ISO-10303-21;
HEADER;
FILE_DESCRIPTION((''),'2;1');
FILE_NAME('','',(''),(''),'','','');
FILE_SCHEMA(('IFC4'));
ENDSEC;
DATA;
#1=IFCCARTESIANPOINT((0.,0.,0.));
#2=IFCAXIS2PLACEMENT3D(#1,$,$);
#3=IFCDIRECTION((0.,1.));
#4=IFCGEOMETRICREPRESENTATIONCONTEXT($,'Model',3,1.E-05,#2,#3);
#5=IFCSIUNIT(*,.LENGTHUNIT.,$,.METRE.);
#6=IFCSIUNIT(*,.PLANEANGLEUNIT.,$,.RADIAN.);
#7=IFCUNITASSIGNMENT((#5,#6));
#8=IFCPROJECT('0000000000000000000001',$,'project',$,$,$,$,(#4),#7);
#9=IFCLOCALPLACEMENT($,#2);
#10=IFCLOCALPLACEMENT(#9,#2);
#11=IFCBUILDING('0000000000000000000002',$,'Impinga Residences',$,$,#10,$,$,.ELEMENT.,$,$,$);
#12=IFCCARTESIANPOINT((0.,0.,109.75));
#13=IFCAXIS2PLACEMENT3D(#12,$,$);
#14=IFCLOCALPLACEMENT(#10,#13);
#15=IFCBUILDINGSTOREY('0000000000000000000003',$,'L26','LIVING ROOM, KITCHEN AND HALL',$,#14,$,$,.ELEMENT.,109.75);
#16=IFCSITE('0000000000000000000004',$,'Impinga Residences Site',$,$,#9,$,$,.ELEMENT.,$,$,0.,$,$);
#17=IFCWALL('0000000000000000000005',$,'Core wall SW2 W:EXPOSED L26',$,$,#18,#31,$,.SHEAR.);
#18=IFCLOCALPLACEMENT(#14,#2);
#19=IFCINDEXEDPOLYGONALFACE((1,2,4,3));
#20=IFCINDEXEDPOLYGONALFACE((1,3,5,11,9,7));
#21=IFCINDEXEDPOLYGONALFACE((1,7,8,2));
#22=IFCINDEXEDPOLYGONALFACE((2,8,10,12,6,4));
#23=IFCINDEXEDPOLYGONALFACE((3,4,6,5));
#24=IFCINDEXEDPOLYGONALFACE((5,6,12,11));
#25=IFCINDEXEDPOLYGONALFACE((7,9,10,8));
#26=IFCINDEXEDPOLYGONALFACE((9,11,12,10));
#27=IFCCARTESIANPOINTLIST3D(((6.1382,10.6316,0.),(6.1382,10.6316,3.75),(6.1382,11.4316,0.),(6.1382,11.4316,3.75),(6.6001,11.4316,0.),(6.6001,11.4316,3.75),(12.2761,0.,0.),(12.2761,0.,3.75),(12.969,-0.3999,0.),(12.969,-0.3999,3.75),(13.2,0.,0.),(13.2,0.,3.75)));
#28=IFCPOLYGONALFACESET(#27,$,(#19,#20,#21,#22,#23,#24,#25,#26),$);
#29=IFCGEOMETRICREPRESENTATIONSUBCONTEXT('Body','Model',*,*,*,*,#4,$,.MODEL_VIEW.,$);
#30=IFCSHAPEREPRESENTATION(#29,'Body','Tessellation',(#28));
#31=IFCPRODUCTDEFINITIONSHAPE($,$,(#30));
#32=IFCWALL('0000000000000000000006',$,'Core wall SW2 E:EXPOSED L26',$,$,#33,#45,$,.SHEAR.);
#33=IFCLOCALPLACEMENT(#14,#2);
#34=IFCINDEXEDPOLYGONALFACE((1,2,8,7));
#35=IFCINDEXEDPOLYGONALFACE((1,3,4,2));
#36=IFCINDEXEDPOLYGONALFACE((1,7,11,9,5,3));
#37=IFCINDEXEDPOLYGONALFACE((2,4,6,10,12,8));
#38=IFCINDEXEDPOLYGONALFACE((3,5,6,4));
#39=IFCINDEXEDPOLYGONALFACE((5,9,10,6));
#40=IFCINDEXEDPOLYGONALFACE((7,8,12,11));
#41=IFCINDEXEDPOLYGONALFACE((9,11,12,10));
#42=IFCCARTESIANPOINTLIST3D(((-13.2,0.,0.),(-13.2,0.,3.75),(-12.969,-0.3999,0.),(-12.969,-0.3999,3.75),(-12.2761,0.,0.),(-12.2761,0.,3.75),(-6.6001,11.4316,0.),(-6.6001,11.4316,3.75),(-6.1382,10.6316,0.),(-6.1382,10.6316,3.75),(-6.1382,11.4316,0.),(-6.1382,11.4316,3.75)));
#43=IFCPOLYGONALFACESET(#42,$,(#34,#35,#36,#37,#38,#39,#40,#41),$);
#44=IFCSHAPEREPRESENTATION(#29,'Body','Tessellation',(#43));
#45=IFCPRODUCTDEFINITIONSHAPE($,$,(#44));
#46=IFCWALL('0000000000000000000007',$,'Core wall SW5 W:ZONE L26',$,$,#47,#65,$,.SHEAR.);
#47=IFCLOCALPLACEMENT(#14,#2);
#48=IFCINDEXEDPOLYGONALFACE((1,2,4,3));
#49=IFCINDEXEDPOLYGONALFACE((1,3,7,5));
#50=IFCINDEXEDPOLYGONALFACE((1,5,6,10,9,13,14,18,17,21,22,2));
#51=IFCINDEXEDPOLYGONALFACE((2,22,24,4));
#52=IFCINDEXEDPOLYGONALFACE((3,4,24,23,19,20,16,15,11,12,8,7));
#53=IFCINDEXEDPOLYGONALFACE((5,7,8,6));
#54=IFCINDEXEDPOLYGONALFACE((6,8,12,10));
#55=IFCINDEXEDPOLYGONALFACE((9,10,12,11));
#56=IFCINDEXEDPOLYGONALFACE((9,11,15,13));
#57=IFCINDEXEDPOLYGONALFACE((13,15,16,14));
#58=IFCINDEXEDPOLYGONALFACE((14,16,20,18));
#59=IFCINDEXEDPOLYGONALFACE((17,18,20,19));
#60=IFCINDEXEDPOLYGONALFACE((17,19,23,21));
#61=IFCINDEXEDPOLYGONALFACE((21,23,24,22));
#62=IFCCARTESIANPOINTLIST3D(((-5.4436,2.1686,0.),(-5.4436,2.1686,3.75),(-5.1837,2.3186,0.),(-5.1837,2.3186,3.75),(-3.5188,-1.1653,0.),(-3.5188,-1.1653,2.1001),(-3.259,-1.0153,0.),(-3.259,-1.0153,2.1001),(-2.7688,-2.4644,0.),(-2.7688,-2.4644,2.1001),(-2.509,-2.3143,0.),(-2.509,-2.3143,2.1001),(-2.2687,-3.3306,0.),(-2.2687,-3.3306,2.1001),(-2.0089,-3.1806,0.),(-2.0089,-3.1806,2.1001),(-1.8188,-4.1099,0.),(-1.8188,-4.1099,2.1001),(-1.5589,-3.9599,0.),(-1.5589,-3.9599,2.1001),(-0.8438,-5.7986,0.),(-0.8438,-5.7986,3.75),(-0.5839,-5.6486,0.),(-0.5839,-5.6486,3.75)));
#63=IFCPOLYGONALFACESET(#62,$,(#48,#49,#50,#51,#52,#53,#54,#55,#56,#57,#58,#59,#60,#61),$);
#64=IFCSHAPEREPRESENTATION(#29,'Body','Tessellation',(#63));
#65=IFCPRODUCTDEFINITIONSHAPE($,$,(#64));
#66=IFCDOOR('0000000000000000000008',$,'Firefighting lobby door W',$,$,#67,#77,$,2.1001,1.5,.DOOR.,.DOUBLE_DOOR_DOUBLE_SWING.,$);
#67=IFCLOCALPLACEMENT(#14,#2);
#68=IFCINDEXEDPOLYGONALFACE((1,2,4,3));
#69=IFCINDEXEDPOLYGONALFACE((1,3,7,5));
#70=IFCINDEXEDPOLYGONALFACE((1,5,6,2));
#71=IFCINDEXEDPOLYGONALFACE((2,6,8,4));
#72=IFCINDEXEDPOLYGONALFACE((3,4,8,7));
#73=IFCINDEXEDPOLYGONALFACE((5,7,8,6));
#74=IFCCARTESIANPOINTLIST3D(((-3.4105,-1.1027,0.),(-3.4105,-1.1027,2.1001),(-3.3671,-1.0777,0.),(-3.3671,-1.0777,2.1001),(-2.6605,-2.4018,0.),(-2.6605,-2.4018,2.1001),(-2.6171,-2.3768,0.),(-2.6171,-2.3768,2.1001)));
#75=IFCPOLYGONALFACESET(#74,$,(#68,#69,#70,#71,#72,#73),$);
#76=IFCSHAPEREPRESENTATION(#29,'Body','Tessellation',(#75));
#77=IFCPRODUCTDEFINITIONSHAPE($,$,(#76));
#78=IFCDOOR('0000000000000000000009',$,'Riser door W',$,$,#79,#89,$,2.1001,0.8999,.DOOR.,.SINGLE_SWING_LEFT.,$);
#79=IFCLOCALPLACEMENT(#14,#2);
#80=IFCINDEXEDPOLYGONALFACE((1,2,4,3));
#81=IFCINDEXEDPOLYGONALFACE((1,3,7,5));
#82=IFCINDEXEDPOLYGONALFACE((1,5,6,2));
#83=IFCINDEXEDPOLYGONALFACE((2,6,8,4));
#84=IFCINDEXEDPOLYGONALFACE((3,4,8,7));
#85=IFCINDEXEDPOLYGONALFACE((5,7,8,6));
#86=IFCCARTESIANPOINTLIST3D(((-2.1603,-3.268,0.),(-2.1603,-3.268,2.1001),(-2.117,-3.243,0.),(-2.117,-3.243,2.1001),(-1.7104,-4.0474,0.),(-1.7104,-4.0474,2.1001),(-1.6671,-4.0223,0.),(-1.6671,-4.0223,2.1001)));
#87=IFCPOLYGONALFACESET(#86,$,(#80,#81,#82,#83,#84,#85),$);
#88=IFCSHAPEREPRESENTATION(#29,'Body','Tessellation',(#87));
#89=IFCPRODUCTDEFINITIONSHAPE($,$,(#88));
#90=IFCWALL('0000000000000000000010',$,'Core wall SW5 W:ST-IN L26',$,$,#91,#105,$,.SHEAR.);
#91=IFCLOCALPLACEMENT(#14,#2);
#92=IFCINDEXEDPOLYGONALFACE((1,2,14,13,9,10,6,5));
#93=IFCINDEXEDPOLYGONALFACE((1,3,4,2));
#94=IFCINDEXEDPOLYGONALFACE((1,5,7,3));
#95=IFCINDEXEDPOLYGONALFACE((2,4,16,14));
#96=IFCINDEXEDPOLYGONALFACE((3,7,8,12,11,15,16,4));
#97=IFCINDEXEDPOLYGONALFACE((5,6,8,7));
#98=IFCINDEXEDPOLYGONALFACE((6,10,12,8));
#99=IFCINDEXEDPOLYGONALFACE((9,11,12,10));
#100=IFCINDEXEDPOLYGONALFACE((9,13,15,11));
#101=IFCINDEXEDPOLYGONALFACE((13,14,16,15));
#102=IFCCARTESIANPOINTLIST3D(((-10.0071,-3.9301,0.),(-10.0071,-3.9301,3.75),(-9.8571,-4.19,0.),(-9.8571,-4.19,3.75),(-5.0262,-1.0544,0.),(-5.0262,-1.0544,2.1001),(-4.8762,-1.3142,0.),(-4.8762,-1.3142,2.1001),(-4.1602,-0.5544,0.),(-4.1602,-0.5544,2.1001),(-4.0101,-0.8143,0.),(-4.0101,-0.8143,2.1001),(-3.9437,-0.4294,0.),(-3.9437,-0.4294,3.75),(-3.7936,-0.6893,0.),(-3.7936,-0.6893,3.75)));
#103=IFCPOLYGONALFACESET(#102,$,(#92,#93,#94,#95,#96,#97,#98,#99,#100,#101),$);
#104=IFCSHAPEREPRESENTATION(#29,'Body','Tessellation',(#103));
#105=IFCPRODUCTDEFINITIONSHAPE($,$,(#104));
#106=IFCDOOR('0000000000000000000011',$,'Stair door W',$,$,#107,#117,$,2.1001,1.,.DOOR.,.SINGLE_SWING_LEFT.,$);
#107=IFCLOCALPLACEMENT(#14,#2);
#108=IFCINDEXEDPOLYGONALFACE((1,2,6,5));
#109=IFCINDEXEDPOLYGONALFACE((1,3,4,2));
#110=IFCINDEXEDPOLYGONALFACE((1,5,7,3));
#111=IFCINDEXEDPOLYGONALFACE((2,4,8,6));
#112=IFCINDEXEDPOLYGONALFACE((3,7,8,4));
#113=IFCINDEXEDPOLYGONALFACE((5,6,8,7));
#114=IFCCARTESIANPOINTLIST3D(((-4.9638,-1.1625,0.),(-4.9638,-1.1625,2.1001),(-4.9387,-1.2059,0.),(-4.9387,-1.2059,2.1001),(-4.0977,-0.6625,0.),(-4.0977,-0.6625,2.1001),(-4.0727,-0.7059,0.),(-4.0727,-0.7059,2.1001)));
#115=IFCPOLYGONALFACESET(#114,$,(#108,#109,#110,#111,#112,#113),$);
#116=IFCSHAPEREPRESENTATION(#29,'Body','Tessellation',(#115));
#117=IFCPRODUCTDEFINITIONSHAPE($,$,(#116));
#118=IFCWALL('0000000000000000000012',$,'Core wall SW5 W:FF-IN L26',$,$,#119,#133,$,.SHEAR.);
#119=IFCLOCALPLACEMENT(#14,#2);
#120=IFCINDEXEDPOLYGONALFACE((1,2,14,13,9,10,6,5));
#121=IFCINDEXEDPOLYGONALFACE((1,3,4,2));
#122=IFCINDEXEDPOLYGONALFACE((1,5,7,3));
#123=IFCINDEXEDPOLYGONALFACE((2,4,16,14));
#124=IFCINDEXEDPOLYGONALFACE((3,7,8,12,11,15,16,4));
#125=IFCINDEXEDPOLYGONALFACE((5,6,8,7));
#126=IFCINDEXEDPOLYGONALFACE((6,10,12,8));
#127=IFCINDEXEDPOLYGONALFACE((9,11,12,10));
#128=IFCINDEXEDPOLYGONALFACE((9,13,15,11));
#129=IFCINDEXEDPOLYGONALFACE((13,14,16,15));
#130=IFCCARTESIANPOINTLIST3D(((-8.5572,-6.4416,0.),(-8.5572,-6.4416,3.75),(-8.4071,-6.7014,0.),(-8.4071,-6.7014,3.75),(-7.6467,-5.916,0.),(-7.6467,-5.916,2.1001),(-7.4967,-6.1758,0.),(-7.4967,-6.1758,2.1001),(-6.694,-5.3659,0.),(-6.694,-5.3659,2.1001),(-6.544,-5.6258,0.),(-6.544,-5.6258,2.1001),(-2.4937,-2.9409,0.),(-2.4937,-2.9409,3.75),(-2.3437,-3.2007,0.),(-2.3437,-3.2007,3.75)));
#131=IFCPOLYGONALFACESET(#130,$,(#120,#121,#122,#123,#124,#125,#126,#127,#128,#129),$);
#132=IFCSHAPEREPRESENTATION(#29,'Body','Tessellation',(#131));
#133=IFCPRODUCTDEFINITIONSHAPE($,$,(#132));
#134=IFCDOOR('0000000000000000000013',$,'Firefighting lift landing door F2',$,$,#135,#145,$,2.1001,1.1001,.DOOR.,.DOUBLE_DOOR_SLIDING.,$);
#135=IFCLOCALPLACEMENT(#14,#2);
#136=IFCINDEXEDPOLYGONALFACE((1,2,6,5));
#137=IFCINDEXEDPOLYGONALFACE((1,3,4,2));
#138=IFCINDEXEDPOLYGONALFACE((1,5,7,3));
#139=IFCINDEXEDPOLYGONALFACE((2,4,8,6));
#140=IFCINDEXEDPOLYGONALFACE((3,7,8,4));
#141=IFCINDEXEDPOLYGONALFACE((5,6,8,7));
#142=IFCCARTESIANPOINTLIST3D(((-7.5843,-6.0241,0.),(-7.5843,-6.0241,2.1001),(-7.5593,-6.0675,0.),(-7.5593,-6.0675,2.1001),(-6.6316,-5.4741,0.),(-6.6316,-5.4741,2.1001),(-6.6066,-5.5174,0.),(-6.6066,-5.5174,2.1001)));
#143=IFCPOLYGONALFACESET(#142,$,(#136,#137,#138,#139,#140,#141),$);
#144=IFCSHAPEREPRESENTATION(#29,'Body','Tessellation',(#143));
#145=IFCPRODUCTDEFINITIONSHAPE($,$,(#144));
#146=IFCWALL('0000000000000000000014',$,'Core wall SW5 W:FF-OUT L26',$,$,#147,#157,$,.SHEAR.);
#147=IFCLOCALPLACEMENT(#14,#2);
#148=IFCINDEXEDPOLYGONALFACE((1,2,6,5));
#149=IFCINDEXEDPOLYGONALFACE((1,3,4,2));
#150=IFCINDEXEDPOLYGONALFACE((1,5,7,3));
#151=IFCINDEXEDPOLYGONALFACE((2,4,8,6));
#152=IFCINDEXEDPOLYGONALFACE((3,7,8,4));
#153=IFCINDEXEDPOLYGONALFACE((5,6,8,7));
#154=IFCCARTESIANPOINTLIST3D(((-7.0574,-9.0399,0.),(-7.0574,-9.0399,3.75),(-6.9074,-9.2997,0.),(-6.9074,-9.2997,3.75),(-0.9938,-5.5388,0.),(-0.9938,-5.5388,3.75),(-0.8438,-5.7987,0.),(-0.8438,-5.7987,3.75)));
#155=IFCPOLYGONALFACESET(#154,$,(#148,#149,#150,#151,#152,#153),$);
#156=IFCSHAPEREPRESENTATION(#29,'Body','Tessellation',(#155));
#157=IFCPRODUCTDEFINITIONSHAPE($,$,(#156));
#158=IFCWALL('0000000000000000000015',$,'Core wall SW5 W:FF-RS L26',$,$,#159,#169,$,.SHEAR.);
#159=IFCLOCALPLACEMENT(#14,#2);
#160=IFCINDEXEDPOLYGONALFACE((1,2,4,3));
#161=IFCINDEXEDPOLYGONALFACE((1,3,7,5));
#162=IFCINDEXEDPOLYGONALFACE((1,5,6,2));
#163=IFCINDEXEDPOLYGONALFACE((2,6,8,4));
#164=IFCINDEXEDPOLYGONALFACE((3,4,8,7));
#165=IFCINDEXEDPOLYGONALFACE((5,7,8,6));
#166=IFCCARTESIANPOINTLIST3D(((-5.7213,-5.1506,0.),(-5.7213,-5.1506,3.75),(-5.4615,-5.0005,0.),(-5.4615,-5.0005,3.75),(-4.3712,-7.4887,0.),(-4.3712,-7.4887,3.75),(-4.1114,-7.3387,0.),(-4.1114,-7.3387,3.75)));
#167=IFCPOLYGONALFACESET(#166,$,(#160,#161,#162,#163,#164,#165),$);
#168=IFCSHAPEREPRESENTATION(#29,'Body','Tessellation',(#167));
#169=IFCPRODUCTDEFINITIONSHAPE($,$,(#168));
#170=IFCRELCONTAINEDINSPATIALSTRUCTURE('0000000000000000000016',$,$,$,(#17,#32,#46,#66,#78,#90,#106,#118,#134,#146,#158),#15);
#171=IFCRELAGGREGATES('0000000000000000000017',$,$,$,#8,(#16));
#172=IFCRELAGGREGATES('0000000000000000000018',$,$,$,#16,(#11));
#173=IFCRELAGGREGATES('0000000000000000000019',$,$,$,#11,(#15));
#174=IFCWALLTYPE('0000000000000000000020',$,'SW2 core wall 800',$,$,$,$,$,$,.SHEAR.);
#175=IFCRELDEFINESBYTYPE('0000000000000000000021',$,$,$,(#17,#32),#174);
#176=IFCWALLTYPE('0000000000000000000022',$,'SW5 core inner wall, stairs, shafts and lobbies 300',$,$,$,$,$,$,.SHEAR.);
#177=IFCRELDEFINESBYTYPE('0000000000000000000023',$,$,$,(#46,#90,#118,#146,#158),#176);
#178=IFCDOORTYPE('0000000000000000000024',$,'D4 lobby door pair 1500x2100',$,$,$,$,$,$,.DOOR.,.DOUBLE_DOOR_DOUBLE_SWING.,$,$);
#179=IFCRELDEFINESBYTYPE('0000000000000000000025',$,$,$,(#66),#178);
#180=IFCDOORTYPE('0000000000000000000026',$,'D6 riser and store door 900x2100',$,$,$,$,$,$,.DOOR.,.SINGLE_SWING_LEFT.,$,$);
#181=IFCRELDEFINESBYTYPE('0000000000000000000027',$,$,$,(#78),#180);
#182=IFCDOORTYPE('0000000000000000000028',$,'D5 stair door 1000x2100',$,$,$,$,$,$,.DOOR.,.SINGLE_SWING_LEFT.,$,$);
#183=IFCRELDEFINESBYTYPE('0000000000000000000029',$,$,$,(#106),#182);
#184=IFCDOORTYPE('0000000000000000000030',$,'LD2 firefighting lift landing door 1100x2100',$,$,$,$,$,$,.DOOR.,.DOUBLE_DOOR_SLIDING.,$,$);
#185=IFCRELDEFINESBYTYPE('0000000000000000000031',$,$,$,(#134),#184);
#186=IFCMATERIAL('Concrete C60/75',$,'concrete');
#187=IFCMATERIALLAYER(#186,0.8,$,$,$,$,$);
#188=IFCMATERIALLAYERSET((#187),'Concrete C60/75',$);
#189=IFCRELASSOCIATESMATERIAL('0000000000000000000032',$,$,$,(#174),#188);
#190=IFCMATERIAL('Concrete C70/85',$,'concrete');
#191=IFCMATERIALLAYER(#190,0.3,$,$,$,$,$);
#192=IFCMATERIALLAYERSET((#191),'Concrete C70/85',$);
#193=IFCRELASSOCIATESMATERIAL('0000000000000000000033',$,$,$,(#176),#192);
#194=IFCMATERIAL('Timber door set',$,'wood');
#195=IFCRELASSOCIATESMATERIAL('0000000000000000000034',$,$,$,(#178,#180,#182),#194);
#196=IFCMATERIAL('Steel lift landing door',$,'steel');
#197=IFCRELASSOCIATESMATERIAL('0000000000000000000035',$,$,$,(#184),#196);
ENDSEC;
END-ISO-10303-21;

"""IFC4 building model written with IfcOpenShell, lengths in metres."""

from ifc_helpers import new_model, si_unit, direction, frame, frame_2d, origin, place, context, subcontext, project, spatial, polyline, rectangle, outline, extrude, material, layer, layer_set, type_object, element, fill, save


model = new_model("IFC4")

# Units and contexts
model_context = context("Model", 3, precision=1e-05, world=origin(), true_north=direction((0.0, 1.0)))
body_context = subcontext(model_context, "Body", "Model", "MODEL_VIEW")
ifc_project = project(units=[si_unit("LENGTHUNIT", "METRE"), si_unit("PLANEANGLEUNIT", "RADIAN")], contexts=[model_context])

# Site, building, storey
site_placement = place(None, origin())
site = spatial("IfcSite", under=ifc_project, at=site_placement, Name="Impinga Residences Site", CompositionType="ELEMENT", RefElevation=0.0)
building_placement = place(site_placement, origin())
building = spatial("IfcBuilding", under=site, at=building_placement, Name="Impinga Residences", CompositionType="ELEMENT")
storey_placement = place(building_placement, frame((0.0, 0.0, 109.75)))
storey = spatial("IfcBuildingStorey", under=building, at=storey_placement, Name="L26", Description="LIVING ROOM, KITCHEN AND HALL", CompositionType="ELEMENT", Elevation=109.75)

# Shared definitions
ifc_material_1 = material(Name="Concrete C60/75", Category="concrete")

# Walls
ifc_layer_1 = layer(ifc_material_1, 0.8)
ifc_layer_set_1 = layer_set([ifc_layer_1], Name="Concrete C60/75")
wall_type_1 = type_object("IfcWallType", Name="SW2 core wall 800", PredefinedType="SHEAR", material=ifc_layer_set_1)
wall_1_placement = place(storey_placement, origin())
element("IfcWall", 1, at=wall_1_placement, inside=storey, type_object=wall_type_1, Name="Core wall SW2 W:EXPOSED L26", PredefinedType="SHEAR", context=body_context, shape_type="SweptSolid", body=[
    extrude(outline(polyline([(13.2, 0.0), (6.6001, 11.4316), (6.1382, 11.4316), (6.1382, 10.6316), (12.2761, 0.0), (12.969, -0.3999), (13.2, 0.0)])), origin(), (0.0, 0.0, 1.0), 3.75),
])
wall_2_placement = place(storey_placement, origin())
element("IfcWall", 2, at=wall_2_placement, inside=storey, type_object=wall_type_1, Name="Core wall SW2 E:EXPOSED L26", PredefinedType="SHEAR", context=body_context, shape_type="SweptSolid", body=[
    extrude(outline(polyline([(-6.6001, 11.4316), (-13.2, 0.0), (-12.969, -0.3999), (-12.2761, 0.0), (-6.1382, 10.6316), (-6.1382, 11.4316), (-6.6001, 11.4316)])), origin(), (0.0, 0.0, 1.0), 3.75),
])

# Wall, openings, doors
ifc_material_2 = material(Name="Concrete C70/85", Category="concrete")
ifc_layer_2 = layer(ifc_material_2, 0.3)
ifc_layer_set_2 = layer_set([ifc_layer_2], Name="Concrete C70/85")
wall_type_2 = type_object("IfcWallType", Name="SW5 core inner wall, stairs, shafts and lobbies 300", PredefinedType="SHEAR", material=ifc_layer_set_2)
wall_3_placement = place(storey_placement, frame((-0.7139, -5.7236, 0.0), z_axis=(0.0, 0.0, 1.0), x_axis=(-0.499995, 0.866028, 0.0)))
wall_3 = element("IfcWall", 3, at=wall_3_placement, inside=storey, type_object=wall_type_2, Name="Core wall SW5 W:ZONE L26", PredefinedType="SHEAR", context=body_context, shape_type="SweptSolid", body=[
    extrude(rectangle(XDim=9.1997, YDim=0.3, at=frame_2d((4.5999, 0.0))), origin(), (0.0, 0.0, 1.0), 3.75),
])
opening_1_placement = place(wall_3_placement, frame((3.8501, 0.0, 0.0)))
opening_1 = element("IfcOpeningElement", 4, at=opening_1_placement, cuts=wall_3, PredefinedType="OPENING", context=body_context, shape_type="SweptSolid", body=[
    extrude(rectangle(XDim=1.5, YDim=2.1001, at=frame_2d((0.75, 1.05))), frame((0.0, 0.1599, 0.0), z_axis=(0.0, -1.0, 0.0), x_axis=(1.0, 0.0, 0.0)), (0.0, 0.0, 1.0), 0.3201),
])
opening_2_placement = place(wall_3_placement, frame((1.95, 0.0, 0.0)))
opening_2 = element("IfcOpeningElement", 5, at=opening_2_placement, cuts=wall_3, PredefinedType="OPENING", context=body_context, shape_type="SweptSolid", body=[
    extrude(rectangle(XDim=0.8999, YDim=2.1001, at=frame_2d((0.45, 1.05))), frame((0.0, 0.1599, 0.0), z_axis=(0.0, -1.0, 0.0), x_axis=(1.0, 0.0, 0.0)), (0.0, 0.0, 1.0), 0.3201),
])
ifc_material_3 = material(Name="Timber door set", Category="wood")
door_type_1 = type_object("IfcDoorType", Name="D4 lobby door pair 1500x2100", OperationType="DOUBLE_DOOR_DOUBLE_SWING", PredefinedType="DOOR", material=ifc_material_3)
door_1_placement = place(opening_1_placement, origin())
door_1 = element("IfcDoor", 6, at=door_1_placement, inside=storey, type_object=door_type_1, Name="Firefighting lobby door W", OperationType="DOUBLE_DOOR_DOUBLE_SWING", OverallHeight=2.1001, OverallWidth=1.5, PredefinedType="DOOR", context=body_context, shape_type="SweptSolid", body=[
    extrude(rectangle(XDim=1.5, YDim=2.1001, at=frame_2d((0.75, 1.05))), frame((0.0, 0.0249, 0.0), z_axis=(0.0, -1.0, 0.0), x_axis=(1.0, 0.0, 0.0)), (0.0, 0.0, 1.0), 0.05),
])
fill(opening_1, door_1)
door_type_2 = type_object("IfcDoorType", Name="D6 riser and store door 900x2100", OperationType="SINGLE_SWING_LEFT", PredefinedType="DOOR", material=ifc_material_3)
door_2_placement = place(opening_2_placement, origin())
door_2 = element("IfcDoor", 7, at=door_2_placement, inside=storey, type_object=door_type_2, Name="Riser door W", OperationType="SINGLE_SWING_LEFT", OverallHeight=2.1001, OverallWidth=0.8999, PredefinedType="DOOR", context=body_context, shape_type="SweptSolid", body=[
    extrude(rectangle(XDim=0.8999, YDim=2.1001, at=frame_2d((0.45, 1.05))), frame((0.0, 0.0249, 0.0), z_axis=(0.0, -1.0, 0.0), x_axis=(1.0, 0.0, 0.0)), (0.0, 0.0, 1.0), 0.05),
])
fill(opening_2, door_2)

# Walls, openings, doors
wall_4_placement = place(storey_placement, frame((-3.8687, -0.5593, 0.0), z_axis=(0.0, 0.0, 1.0), x_axis=(-0.866026, -0.499998, 0.0)))
wall_4 = element("IfcWall", 8, at=wall_4_placement, inside=storey, type_object=wall_type_2, Name="Core wall SW5 W:ST-IN L26", PredefinedType="SHEAR", context=body_context, shape_type="SweptSolid", body=[
    extrude(rectangle(XDim=7.0015, YDim=0.3, at=frame_2d((3.5007, 0.0))), origin(), (0.0, 0.0, 1.0), 3.75),
])
opening_3_placement = place(wall_4_placement, frame((0.25, 0.0, 0.0)))
opening_3 = element("IfcOpeningElement", 9, at=opening_3_placement, cuts=wall_4, PredefinedType="OPENING", context=body_context, shape_type="SweptSolid", body=[
    extrude(rectangle(XDim=1.0, YDim=2.1001, at=frame_2d((0.5, 1.05))), frame((0.0, 0.1599, 0.0), z_axis=(0.0, -1.0, 0.0), x_axis=(1.0, 0.0, 0.0)), (0.0, 0.0, 1.0), 0.3201),
])
door_type_3 = type_object("IfcDoorType", Name="D5 stair door 1000x2100", OperationType="SINGLE_SWING_LEFT", PredefinedType="DOOR", material=ifc_material_3)
door_3_placement = place(opening_3_placement, origin())
door_3 = element("IfcDoor", 10, at=door_3_placement, inside=storey, type_object=door_type_3, Name="Stair door W", OperationType="SINGLE_SWING_LEFT", OverallHeight=2.1001, OverallWidth=1.0, PredefinedType="DOOR", context=body_context, shape_type="SweptSolid", body=[
    extrude(rectangle(XDim=1.0, YDim=2.1001, at=frame_2d((0.5, 1.05))), frame((0.0, 0.0249, 0.0), z_axis=(0.0, -1.0, 0.0), x_axis=(1.0, 0.0, 0.0)), (0.0, 0.0, 1.0), 0.05),
])
fill(opening_3, door_3)
wall_5_placement = place(storey_placement, frame((-2.4187, -3.0708, 0.0), z_axis=(0.0, 0.0, 1.0), x_axis=(-0.866026, -0.499998, 0.0)))
wall_5 = element("IfcWall", 11, at=wall_5_placement, inside=storey, type_object=wall_type_2, Name="Core wall SW5 W:FF-IN L26", PredefinedType="SHEAR", context=body_context, shape_type="SweptSolid", body=[
    extrude(rectangle(XDim=7.0015, YDim=0.3, at=frame_2d((3.5007, 0.0))), origin(), (0.0, 0.0, 1.0), 3.75),
])
opening_4_placement = place(wall_5_placement, frame((4.8501, 0.0, 0.0)))
opening_4 = element("IfcOpeningElement", 12, at=opening_4_placement, cuts=wall_5, PredefinedType="OPENING", context=body_context, shape_type="SweptSolid", body=[
    extrude(rectangle(XDim=1.1001, YDim=2.1001, at=frame_2d((0.55, 1.05))), frame((0.0, 0.1599, 0.0), z_axis=(0.0, -1.0, 0.0), x_axis=(1.0, 0.0, 0.0)), (0.0, 0.0, 1.0), 0.3201),
])
ifc_material_4 = material(Name="Steel lift landing door", Category="steel")
door_type_4 = type_object("IfcDoorType", Name="LD2 firefighting lift landing door 1100x2100", OperationType="DOUBLE_DOOR_SLIDING", PredefinedType="DOOR", material=ifc_material_4)
door_4_placement = place(opening_4_placement, origin())
door_4 = element("IfcDoor", 13, at=door_4_placement, inside=storey, type_object=door_type_4, Name="Firefighting lift landing door F2", OperationType="DOUBLE_DOOR_SLIDING", OverallHeight=2.1001, OverallWidth=1.1001, PredefinedType="DOOR", context=body_context, shape_type="SweptSolid", body=[
    extrude(rectangle(XDim=1.1001, YDim=2.1001, at=frame_2d((0.55, 1.05))), frame((0.0, 0.0249, 0.0), z_axis=(0.0, -1.0, 0.0), x_axis=(1.0, 0.0, 0.0)), (0.0, 0.0, 1.0), 0.05),
])
fill(opening_4, door_4)

# Walls
wall_6_placement = place(storey_placement, frame((-0.9187, -5.6687, 0.0), z_axis=(0.0, 0.0, 1.0), x_axis=(-0.866011, -0.500024, 0.0)))
element("IfcWall", 14, at=wall_6_placement, inside=storey, type_object=wall_type_2, Name="Core wall SW5 W:FF-OUT L26", PredefinedType="SHEAR", context=body_context, shape_type="SweptSolid", body=[
    extrude(rectangle(XDim=7.0017, YDim=0.3, at=frame_2d((3.501, 0.0))), origin(), (0.0, 0.0, 1.0), 3.75),
])
wall_7_placement = place(storey_placement, frame((-4.2412, -7.4138, 0.0), z_axis=(0.0, 0.0, 1.0), x_axis=(-0.500049, 0.865997, 0.0)))
element("IfcWall", 15, at=wall_7_placement, inside=storey, type_object=wall_type_2, Name="Core wall SW5 W:FF-RS L26", PredefinedType="SHEAR", context=body_context, shape_type="SweptSolid", body=[
    extrude(rectangle(XDim=2.7, YDim=0.3, at=frame_2d((1.3501, 0.0))), origin(), (0.0, 0.0, 1.0), 3.75),
])

save(model, "model.ifc")
